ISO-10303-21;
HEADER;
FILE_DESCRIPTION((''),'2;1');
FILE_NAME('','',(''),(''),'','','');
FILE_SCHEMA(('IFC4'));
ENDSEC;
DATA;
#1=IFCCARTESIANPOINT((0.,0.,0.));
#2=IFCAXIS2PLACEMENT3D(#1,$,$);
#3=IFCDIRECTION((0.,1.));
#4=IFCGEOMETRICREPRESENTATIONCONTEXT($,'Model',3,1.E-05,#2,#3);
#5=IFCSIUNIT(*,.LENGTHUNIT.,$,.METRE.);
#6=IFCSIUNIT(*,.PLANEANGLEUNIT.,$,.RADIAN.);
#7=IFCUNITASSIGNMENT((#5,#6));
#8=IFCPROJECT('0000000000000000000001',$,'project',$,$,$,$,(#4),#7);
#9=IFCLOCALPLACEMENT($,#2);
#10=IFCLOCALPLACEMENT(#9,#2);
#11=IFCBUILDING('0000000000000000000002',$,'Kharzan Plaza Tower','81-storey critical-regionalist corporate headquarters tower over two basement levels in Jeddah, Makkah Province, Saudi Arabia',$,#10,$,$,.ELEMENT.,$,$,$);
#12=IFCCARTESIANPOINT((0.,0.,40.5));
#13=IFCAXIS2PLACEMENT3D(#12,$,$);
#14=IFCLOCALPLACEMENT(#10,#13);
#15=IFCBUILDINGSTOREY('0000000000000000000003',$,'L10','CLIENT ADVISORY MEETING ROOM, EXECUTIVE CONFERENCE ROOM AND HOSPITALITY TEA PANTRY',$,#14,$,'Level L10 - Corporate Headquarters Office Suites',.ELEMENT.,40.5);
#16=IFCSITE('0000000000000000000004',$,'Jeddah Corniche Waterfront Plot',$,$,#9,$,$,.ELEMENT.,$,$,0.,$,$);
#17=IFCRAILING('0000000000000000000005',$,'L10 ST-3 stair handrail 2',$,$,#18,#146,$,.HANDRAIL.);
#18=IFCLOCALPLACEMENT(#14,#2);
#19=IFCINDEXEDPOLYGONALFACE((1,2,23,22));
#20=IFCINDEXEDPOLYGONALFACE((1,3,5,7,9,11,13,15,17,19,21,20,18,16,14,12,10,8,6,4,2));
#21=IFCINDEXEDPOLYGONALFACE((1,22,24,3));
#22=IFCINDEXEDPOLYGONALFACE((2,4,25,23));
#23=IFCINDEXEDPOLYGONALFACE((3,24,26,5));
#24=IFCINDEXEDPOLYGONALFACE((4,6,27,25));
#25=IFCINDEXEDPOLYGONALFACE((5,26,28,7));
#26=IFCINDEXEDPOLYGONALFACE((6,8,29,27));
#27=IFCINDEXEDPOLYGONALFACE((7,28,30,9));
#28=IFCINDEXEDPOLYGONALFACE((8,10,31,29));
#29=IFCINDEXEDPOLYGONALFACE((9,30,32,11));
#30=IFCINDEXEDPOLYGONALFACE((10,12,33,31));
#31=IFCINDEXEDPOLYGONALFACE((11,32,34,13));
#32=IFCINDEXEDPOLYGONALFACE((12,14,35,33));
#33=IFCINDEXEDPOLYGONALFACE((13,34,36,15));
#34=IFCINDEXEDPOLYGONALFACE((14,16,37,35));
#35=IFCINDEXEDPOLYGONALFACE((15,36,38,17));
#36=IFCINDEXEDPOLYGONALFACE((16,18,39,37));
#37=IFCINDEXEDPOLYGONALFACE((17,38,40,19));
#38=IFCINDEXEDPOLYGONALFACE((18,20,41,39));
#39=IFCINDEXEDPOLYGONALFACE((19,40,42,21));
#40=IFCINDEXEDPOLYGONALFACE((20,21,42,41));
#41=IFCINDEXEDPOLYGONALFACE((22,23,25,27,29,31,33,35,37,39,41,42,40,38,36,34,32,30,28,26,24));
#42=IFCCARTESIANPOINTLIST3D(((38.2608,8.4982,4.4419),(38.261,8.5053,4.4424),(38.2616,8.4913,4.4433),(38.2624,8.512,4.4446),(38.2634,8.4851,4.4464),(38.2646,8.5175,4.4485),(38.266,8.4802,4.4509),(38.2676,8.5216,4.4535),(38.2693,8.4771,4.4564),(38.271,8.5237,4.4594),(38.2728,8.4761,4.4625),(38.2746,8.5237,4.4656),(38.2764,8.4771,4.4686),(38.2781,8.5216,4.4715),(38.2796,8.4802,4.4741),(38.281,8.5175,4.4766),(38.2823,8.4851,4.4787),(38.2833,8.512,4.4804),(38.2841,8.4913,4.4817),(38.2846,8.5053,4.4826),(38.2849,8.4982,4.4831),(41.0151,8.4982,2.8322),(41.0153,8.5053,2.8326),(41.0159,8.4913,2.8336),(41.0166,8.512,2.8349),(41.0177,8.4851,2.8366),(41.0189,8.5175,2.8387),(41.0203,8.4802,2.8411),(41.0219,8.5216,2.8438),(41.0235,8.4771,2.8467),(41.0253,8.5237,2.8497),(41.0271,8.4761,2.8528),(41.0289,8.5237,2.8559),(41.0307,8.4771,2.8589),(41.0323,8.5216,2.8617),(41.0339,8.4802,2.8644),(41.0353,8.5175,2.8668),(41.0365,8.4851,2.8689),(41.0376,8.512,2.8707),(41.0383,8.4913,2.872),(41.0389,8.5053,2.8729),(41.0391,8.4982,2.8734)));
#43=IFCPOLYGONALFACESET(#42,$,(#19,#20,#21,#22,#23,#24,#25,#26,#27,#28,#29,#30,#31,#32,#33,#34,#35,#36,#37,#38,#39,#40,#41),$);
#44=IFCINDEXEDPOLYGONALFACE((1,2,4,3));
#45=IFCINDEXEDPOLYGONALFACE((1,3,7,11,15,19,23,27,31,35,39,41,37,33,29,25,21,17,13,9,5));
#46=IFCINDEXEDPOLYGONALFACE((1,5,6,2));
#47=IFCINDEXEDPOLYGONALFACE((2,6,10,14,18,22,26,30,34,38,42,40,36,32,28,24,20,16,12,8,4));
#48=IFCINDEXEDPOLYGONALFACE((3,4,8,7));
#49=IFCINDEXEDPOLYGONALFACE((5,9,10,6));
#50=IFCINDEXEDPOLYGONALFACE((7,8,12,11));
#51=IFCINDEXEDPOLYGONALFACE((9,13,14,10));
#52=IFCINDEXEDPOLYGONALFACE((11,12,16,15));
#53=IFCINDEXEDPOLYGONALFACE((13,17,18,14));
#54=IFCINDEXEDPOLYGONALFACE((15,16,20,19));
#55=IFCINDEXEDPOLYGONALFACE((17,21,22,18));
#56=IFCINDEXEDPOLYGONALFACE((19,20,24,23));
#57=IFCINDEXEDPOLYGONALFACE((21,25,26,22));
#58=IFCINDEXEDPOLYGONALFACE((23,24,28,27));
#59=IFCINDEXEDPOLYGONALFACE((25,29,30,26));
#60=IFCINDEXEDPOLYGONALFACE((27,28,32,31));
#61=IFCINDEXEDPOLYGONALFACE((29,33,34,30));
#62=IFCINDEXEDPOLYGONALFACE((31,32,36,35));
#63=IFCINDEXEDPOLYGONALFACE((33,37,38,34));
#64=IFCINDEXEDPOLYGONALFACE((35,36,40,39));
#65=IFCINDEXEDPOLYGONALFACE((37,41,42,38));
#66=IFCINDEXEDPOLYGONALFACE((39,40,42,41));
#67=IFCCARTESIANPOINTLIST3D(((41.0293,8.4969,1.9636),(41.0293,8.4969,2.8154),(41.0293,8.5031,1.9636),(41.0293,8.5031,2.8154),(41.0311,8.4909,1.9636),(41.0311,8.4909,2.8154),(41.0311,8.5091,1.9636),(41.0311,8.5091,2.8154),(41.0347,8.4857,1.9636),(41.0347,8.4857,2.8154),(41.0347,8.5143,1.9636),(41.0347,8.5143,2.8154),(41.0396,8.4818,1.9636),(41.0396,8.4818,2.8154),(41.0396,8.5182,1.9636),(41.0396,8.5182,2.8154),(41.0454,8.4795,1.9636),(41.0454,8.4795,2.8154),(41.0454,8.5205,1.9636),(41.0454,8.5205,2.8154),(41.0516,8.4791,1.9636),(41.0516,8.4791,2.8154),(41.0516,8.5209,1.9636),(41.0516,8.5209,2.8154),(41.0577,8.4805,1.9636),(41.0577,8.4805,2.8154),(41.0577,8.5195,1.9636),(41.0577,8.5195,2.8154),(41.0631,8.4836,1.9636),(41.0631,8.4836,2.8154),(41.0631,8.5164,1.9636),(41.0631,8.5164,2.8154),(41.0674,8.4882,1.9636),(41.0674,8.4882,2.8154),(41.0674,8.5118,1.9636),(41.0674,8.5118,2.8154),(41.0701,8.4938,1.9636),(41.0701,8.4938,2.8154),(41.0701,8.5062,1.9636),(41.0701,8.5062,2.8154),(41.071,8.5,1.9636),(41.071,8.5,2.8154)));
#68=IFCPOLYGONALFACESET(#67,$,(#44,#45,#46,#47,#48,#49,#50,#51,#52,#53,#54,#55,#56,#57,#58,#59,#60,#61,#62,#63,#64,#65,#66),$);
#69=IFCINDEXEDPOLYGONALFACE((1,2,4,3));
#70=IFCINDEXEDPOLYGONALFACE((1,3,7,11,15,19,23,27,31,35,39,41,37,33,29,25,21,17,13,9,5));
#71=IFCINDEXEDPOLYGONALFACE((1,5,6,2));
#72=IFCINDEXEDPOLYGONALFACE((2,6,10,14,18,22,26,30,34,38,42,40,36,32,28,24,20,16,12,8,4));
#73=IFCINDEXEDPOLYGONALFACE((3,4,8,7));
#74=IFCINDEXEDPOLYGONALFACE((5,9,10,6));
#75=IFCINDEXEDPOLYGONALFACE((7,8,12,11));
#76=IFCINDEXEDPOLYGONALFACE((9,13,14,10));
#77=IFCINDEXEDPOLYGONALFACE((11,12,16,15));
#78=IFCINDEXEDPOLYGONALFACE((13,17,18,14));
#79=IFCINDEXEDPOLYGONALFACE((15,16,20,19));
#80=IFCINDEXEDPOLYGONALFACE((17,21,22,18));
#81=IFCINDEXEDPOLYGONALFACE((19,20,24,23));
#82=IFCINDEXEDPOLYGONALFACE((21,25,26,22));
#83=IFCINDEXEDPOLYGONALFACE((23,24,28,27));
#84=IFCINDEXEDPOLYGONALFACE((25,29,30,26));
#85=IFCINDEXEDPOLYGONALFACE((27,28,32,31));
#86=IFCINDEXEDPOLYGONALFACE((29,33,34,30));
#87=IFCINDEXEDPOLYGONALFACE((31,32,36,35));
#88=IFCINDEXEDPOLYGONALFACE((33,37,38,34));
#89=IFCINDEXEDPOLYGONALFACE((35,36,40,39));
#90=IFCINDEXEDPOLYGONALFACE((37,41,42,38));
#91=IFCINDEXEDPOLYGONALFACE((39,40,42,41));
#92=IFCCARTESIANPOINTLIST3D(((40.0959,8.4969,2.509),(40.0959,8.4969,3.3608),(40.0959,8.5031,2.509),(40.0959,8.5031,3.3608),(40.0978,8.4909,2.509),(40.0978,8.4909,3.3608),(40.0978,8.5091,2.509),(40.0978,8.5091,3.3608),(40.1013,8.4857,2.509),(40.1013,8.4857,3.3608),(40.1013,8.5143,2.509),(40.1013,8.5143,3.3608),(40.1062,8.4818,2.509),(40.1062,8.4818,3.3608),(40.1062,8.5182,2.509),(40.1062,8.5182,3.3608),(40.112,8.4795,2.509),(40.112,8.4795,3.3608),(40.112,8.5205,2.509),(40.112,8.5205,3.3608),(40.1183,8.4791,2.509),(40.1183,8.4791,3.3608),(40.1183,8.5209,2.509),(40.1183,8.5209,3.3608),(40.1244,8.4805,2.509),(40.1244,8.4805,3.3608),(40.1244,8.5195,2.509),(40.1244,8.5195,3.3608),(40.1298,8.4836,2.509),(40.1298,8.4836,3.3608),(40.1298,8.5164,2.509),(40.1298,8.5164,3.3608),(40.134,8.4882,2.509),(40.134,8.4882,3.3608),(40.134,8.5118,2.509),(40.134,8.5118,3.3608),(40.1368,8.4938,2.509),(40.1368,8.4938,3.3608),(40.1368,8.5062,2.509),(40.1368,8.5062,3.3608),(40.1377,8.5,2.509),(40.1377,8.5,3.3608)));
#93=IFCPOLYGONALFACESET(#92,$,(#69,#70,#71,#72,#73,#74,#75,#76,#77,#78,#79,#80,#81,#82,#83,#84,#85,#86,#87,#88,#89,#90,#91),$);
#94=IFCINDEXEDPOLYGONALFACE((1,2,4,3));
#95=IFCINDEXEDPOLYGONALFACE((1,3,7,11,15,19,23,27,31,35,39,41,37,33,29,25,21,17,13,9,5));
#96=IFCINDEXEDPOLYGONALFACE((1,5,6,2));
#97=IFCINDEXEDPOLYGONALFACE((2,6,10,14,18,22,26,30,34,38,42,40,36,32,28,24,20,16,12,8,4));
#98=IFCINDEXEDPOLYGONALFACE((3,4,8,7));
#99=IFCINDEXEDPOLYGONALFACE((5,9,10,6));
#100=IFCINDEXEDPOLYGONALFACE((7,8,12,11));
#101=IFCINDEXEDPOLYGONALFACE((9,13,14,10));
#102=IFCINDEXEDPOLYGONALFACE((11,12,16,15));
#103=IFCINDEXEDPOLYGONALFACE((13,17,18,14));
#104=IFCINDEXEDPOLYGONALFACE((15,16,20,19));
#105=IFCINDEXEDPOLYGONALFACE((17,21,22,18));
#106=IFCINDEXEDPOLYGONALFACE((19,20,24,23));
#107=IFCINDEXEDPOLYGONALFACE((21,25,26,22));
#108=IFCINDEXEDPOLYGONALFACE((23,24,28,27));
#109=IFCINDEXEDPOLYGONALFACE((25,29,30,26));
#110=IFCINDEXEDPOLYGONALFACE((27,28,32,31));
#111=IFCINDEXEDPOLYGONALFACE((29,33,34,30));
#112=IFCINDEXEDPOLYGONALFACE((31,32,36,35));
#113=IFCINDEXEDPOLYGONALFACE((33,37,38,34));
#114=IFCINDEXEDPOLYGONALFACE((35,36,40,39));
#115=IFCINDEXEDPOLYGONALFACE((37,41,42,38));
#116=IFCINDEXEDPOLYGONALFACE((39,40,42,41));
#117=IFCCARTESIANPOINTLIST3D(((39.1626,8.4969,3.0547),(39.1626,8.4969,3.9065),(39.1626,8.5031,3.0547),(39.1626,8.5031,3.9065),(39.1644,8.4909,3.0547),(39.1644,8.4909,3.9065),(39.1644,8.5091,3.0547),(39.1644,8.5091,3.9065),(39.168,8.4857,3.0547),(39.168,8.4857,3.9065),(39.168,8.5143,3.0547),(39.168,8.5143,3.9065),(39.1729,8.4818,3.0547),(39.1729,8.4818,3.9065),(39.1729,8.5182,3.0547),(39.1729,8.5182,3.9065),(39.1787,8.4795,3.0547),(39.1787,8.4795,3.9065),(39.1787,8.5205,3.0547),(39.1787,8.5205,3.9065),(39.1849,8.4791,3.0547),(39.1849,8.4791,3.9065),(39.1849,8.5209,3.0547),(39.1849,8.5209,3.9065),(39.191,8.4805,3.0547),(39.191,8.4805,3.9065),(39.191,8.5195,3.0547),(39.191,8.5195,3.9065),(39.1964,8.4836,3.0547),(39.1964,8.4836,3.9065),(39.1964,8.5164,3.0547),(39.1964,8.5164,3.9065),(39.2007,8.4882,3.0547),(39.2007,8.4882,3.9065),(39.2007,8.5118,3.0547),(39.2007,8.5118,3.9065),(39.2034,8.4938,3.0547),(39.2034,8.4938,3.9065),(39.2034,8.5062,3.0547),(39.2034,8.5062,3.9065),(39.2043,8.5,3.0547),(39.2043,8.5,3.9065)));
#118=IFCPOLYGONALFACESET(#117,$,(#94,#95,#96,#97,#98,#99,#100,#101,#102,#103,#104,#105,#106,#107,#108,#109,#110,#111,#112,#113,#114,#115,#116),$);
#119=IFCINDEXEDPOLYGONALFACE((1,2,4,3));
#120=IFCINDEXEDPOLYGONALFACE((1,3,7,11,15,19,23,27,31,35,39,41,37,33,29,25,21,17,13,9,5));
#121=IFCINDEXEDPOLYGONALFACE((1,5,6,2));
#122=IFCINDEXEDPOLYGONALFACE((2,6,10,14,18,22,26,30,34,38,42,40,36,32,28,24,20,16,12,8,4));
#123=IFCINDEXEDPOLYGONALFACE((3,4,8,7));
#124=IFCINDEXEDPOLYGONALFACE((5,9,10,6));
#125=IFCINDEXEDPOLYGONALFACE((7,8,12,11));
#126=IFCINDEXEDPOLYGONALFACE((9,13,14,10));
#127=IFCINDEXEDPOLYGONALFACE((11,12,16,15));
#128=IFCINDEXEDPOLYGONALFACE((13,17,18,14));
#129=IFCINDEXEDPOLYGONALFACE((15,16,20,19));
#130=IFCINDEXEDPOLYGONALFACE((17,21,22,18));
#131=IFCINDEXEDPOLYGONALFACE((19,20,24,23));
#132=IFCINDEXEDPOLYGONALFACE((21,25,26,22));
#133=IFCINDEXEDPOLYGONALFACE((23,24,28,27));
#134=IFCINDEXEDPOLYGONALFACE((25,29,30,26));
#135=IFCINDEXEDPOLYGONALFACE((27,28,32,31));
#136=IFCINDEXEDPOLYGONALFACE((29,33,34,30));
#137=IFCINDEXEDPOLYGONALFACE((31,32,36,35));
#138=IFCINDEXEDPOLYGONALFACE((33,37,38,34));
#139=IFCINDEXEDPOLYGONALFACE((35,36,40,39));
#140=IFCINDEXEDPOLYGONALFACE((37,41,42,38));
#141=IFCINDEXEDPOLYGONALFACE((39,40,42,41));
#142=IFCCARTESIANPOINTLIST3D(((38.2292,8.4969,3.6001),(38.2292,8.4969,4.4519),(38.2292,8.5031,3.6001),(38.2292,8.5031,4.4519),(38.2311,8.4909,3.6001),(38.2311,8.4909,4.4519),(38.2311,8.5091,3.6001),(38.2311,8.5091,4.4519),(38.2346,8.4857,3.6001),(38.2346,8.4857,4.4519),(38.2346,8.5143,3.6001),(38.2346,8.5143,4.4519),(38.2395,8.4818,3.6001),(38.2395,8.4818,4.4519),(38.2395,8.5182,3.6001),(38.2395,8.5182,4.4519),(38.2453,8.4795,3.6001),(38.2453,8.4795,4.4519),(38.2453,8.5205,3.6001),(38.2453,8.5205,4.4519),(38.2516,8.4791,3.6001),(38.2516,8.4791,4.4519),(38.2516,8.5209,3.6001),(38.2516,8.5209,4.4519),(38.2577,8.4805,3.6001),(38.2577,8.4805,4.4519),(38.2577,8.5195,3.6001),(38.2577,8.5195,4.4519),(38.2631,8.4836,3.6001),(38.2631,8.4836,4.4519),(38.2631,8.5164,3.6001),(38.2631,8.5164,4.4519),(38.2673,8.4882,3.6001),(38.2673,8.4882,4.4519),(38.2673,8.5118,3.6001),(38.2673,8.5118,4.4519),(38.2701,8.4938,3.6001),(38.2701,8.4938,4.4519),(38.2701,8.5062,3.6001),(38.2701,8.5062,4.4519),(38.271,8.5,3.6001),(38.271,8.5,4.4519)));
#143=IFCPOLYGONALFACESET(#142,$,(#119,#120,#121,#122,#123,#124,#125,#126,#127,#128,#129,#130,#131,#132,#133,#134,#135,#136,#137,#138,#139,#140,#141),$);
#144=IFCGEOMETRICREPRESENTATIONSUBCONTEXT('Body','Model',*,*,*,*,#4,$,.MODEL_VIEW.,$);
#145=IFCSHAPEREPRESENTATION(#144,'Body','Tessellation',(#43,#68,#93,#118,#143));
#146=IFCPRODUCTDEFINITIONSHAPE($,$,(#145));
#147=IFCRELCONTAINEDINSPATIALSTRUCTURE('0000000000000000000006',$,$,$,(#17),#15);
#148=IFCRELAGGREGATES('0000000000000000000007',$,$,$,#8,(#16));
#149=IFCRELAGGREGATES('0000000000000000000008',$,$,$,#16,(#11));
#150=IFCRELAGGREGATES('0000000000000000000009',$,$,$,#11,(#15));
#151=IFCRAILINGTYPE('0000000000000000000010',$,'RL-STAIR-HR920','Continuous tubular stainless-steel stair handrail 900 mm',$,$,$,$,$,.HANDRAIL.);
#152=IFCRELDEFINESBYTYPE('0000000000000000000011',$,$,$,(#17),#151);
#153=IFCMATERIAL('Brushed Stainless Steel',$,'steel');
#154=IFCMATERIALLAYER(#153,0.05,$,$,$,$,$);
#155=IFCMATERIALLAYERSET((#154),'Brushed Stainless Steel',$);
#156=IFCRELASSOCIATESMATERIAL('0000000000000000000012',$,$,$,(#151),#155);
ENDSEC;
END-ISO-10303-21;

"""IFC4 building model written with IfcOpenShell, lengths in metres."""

from ifc_helpers import new_model, si_unit, direction, frame, origin, origin_2d, place, context, subcontext, project, spatial, circle, extrude, source, transform, mapped, material, layer, layer_set, type_object, element, save


model = new_model("IFC4")

# Units and contexts
model_context = context("Model", 3, precision=1e-05, world=origin(), true_north=direction((0.0, 1.0)))
body_context = subcontext(model_context, "Body", "Model", "MODEL_VIEW")
ifc_project = project(units=[si_unit("LENGTHUNIT", "METRE"), si_unit("PLANEANGLEUNIT", "RADIAN")], contexts=[model_context])

# Site, building, storey
site_placement = place(None, origin())
site = spatial("IfcSite", under=ifc_project, at=site_placement, Name="Jeddah Corniche Waterfront Plot", CompositionType="ELEMENT", RefElevation=0.0)
building_placement = place(site_placement, origin())
building = spatial("IfcBuilding", under=site, at=building_placement, Name="Kharzan Plaza Tower", Description="81-storey critical-regionalist corporate headquarters tower over two basement levels in Jeddah, Makkah Province, Saudi Arabia", CompositionType="ELEMENT")
storey_placement = place(building_placement, frame((0.0, 0.0, 40.5)))
storey = spatial("IfcBuildingStorey", under=building, at=storey_placement, Name="L10", Description="CLIENT ADVISORY MEETING ROOM, EXECUTIVE CONFERENCE ROOM AND HOSPITALITY TEA PANTRY", LongName="Level L10 - Corporate Headquarters Office Suites", CompositionType="ELEMENT", Elevation=40.5)

# Shared definitions
ifc_material_1 = material(Name="Brushed Stainless Steel", Category="steel")

# Railing
ifc_layer_1 = layer(ifc_material_1, 0.05)
ifc_layer_set_1 = layer_set([ifc_layer_1], Name="Brushed Stainless Steel")
railing_type_1 = type_object("IfcRailingType", Name="RL-STAIR-HR920", Description="Continuous tubular stainless-steel stair handrail 900 mm", PredefinedType="HANDRAIL", material=ifc_layer_set_1)
shared_shape_1 = source(origin(), body_context, "Body", "SweptSolid", [
    extrude(circle(Radius=0.0239, at=origin_2d()), frame((-0.0229, 0.0, 0.8892), z_axis=(-0.863361, 0.0, 0.504587), x_axis=(0.0, -1.0, 0.0)), (0.0, 0.0, 1.0), 3.1902),
    extrude(circle(Radius=0.021, at=origin_2d()), origin(), (0.0, 0.0, 1.0), 0.8518),
    extrude(circle(Radius=0.021, at=origin_2d()), frame((-0.9333, 0.0, 0.5454)), (0.0, 0.0, 1.0), 0.8518),
    extrude(circle(Radius=0.021, at=origin_2d()), frame((-1.8667, 0.0, 1.0911)), (0.0, 0.0, 1.0), 0.8518),
    extrude(circle(Radius=0.021, at=origin_2d()), frame((-2.8, 0.0, 1.6365)), (0.0, 0.0, 1.0), 0.8518),
])
railing_1_placement = place(storey_placement, frame((41.05, 8.5, 1.9636)))
element("IfcRailing", 1, at=railing_1_placement, inside=storey, type_object=railing_type_1, Name="L10 ST-3 stair handrail 2", PredefinedType="HANDRAIL", context=body_context, shape_type="MappedRepresentation", body=[
    mapped(shared_shape_1, transform((0.0, 0.0, 0.0), x_axis=(1.0, 0.0, 0.0), y_axis=(0.0, 1.0, 0.0), z_axis=(0.0, 0.0, 1.0))),
])

save(model, "model.ifc")
